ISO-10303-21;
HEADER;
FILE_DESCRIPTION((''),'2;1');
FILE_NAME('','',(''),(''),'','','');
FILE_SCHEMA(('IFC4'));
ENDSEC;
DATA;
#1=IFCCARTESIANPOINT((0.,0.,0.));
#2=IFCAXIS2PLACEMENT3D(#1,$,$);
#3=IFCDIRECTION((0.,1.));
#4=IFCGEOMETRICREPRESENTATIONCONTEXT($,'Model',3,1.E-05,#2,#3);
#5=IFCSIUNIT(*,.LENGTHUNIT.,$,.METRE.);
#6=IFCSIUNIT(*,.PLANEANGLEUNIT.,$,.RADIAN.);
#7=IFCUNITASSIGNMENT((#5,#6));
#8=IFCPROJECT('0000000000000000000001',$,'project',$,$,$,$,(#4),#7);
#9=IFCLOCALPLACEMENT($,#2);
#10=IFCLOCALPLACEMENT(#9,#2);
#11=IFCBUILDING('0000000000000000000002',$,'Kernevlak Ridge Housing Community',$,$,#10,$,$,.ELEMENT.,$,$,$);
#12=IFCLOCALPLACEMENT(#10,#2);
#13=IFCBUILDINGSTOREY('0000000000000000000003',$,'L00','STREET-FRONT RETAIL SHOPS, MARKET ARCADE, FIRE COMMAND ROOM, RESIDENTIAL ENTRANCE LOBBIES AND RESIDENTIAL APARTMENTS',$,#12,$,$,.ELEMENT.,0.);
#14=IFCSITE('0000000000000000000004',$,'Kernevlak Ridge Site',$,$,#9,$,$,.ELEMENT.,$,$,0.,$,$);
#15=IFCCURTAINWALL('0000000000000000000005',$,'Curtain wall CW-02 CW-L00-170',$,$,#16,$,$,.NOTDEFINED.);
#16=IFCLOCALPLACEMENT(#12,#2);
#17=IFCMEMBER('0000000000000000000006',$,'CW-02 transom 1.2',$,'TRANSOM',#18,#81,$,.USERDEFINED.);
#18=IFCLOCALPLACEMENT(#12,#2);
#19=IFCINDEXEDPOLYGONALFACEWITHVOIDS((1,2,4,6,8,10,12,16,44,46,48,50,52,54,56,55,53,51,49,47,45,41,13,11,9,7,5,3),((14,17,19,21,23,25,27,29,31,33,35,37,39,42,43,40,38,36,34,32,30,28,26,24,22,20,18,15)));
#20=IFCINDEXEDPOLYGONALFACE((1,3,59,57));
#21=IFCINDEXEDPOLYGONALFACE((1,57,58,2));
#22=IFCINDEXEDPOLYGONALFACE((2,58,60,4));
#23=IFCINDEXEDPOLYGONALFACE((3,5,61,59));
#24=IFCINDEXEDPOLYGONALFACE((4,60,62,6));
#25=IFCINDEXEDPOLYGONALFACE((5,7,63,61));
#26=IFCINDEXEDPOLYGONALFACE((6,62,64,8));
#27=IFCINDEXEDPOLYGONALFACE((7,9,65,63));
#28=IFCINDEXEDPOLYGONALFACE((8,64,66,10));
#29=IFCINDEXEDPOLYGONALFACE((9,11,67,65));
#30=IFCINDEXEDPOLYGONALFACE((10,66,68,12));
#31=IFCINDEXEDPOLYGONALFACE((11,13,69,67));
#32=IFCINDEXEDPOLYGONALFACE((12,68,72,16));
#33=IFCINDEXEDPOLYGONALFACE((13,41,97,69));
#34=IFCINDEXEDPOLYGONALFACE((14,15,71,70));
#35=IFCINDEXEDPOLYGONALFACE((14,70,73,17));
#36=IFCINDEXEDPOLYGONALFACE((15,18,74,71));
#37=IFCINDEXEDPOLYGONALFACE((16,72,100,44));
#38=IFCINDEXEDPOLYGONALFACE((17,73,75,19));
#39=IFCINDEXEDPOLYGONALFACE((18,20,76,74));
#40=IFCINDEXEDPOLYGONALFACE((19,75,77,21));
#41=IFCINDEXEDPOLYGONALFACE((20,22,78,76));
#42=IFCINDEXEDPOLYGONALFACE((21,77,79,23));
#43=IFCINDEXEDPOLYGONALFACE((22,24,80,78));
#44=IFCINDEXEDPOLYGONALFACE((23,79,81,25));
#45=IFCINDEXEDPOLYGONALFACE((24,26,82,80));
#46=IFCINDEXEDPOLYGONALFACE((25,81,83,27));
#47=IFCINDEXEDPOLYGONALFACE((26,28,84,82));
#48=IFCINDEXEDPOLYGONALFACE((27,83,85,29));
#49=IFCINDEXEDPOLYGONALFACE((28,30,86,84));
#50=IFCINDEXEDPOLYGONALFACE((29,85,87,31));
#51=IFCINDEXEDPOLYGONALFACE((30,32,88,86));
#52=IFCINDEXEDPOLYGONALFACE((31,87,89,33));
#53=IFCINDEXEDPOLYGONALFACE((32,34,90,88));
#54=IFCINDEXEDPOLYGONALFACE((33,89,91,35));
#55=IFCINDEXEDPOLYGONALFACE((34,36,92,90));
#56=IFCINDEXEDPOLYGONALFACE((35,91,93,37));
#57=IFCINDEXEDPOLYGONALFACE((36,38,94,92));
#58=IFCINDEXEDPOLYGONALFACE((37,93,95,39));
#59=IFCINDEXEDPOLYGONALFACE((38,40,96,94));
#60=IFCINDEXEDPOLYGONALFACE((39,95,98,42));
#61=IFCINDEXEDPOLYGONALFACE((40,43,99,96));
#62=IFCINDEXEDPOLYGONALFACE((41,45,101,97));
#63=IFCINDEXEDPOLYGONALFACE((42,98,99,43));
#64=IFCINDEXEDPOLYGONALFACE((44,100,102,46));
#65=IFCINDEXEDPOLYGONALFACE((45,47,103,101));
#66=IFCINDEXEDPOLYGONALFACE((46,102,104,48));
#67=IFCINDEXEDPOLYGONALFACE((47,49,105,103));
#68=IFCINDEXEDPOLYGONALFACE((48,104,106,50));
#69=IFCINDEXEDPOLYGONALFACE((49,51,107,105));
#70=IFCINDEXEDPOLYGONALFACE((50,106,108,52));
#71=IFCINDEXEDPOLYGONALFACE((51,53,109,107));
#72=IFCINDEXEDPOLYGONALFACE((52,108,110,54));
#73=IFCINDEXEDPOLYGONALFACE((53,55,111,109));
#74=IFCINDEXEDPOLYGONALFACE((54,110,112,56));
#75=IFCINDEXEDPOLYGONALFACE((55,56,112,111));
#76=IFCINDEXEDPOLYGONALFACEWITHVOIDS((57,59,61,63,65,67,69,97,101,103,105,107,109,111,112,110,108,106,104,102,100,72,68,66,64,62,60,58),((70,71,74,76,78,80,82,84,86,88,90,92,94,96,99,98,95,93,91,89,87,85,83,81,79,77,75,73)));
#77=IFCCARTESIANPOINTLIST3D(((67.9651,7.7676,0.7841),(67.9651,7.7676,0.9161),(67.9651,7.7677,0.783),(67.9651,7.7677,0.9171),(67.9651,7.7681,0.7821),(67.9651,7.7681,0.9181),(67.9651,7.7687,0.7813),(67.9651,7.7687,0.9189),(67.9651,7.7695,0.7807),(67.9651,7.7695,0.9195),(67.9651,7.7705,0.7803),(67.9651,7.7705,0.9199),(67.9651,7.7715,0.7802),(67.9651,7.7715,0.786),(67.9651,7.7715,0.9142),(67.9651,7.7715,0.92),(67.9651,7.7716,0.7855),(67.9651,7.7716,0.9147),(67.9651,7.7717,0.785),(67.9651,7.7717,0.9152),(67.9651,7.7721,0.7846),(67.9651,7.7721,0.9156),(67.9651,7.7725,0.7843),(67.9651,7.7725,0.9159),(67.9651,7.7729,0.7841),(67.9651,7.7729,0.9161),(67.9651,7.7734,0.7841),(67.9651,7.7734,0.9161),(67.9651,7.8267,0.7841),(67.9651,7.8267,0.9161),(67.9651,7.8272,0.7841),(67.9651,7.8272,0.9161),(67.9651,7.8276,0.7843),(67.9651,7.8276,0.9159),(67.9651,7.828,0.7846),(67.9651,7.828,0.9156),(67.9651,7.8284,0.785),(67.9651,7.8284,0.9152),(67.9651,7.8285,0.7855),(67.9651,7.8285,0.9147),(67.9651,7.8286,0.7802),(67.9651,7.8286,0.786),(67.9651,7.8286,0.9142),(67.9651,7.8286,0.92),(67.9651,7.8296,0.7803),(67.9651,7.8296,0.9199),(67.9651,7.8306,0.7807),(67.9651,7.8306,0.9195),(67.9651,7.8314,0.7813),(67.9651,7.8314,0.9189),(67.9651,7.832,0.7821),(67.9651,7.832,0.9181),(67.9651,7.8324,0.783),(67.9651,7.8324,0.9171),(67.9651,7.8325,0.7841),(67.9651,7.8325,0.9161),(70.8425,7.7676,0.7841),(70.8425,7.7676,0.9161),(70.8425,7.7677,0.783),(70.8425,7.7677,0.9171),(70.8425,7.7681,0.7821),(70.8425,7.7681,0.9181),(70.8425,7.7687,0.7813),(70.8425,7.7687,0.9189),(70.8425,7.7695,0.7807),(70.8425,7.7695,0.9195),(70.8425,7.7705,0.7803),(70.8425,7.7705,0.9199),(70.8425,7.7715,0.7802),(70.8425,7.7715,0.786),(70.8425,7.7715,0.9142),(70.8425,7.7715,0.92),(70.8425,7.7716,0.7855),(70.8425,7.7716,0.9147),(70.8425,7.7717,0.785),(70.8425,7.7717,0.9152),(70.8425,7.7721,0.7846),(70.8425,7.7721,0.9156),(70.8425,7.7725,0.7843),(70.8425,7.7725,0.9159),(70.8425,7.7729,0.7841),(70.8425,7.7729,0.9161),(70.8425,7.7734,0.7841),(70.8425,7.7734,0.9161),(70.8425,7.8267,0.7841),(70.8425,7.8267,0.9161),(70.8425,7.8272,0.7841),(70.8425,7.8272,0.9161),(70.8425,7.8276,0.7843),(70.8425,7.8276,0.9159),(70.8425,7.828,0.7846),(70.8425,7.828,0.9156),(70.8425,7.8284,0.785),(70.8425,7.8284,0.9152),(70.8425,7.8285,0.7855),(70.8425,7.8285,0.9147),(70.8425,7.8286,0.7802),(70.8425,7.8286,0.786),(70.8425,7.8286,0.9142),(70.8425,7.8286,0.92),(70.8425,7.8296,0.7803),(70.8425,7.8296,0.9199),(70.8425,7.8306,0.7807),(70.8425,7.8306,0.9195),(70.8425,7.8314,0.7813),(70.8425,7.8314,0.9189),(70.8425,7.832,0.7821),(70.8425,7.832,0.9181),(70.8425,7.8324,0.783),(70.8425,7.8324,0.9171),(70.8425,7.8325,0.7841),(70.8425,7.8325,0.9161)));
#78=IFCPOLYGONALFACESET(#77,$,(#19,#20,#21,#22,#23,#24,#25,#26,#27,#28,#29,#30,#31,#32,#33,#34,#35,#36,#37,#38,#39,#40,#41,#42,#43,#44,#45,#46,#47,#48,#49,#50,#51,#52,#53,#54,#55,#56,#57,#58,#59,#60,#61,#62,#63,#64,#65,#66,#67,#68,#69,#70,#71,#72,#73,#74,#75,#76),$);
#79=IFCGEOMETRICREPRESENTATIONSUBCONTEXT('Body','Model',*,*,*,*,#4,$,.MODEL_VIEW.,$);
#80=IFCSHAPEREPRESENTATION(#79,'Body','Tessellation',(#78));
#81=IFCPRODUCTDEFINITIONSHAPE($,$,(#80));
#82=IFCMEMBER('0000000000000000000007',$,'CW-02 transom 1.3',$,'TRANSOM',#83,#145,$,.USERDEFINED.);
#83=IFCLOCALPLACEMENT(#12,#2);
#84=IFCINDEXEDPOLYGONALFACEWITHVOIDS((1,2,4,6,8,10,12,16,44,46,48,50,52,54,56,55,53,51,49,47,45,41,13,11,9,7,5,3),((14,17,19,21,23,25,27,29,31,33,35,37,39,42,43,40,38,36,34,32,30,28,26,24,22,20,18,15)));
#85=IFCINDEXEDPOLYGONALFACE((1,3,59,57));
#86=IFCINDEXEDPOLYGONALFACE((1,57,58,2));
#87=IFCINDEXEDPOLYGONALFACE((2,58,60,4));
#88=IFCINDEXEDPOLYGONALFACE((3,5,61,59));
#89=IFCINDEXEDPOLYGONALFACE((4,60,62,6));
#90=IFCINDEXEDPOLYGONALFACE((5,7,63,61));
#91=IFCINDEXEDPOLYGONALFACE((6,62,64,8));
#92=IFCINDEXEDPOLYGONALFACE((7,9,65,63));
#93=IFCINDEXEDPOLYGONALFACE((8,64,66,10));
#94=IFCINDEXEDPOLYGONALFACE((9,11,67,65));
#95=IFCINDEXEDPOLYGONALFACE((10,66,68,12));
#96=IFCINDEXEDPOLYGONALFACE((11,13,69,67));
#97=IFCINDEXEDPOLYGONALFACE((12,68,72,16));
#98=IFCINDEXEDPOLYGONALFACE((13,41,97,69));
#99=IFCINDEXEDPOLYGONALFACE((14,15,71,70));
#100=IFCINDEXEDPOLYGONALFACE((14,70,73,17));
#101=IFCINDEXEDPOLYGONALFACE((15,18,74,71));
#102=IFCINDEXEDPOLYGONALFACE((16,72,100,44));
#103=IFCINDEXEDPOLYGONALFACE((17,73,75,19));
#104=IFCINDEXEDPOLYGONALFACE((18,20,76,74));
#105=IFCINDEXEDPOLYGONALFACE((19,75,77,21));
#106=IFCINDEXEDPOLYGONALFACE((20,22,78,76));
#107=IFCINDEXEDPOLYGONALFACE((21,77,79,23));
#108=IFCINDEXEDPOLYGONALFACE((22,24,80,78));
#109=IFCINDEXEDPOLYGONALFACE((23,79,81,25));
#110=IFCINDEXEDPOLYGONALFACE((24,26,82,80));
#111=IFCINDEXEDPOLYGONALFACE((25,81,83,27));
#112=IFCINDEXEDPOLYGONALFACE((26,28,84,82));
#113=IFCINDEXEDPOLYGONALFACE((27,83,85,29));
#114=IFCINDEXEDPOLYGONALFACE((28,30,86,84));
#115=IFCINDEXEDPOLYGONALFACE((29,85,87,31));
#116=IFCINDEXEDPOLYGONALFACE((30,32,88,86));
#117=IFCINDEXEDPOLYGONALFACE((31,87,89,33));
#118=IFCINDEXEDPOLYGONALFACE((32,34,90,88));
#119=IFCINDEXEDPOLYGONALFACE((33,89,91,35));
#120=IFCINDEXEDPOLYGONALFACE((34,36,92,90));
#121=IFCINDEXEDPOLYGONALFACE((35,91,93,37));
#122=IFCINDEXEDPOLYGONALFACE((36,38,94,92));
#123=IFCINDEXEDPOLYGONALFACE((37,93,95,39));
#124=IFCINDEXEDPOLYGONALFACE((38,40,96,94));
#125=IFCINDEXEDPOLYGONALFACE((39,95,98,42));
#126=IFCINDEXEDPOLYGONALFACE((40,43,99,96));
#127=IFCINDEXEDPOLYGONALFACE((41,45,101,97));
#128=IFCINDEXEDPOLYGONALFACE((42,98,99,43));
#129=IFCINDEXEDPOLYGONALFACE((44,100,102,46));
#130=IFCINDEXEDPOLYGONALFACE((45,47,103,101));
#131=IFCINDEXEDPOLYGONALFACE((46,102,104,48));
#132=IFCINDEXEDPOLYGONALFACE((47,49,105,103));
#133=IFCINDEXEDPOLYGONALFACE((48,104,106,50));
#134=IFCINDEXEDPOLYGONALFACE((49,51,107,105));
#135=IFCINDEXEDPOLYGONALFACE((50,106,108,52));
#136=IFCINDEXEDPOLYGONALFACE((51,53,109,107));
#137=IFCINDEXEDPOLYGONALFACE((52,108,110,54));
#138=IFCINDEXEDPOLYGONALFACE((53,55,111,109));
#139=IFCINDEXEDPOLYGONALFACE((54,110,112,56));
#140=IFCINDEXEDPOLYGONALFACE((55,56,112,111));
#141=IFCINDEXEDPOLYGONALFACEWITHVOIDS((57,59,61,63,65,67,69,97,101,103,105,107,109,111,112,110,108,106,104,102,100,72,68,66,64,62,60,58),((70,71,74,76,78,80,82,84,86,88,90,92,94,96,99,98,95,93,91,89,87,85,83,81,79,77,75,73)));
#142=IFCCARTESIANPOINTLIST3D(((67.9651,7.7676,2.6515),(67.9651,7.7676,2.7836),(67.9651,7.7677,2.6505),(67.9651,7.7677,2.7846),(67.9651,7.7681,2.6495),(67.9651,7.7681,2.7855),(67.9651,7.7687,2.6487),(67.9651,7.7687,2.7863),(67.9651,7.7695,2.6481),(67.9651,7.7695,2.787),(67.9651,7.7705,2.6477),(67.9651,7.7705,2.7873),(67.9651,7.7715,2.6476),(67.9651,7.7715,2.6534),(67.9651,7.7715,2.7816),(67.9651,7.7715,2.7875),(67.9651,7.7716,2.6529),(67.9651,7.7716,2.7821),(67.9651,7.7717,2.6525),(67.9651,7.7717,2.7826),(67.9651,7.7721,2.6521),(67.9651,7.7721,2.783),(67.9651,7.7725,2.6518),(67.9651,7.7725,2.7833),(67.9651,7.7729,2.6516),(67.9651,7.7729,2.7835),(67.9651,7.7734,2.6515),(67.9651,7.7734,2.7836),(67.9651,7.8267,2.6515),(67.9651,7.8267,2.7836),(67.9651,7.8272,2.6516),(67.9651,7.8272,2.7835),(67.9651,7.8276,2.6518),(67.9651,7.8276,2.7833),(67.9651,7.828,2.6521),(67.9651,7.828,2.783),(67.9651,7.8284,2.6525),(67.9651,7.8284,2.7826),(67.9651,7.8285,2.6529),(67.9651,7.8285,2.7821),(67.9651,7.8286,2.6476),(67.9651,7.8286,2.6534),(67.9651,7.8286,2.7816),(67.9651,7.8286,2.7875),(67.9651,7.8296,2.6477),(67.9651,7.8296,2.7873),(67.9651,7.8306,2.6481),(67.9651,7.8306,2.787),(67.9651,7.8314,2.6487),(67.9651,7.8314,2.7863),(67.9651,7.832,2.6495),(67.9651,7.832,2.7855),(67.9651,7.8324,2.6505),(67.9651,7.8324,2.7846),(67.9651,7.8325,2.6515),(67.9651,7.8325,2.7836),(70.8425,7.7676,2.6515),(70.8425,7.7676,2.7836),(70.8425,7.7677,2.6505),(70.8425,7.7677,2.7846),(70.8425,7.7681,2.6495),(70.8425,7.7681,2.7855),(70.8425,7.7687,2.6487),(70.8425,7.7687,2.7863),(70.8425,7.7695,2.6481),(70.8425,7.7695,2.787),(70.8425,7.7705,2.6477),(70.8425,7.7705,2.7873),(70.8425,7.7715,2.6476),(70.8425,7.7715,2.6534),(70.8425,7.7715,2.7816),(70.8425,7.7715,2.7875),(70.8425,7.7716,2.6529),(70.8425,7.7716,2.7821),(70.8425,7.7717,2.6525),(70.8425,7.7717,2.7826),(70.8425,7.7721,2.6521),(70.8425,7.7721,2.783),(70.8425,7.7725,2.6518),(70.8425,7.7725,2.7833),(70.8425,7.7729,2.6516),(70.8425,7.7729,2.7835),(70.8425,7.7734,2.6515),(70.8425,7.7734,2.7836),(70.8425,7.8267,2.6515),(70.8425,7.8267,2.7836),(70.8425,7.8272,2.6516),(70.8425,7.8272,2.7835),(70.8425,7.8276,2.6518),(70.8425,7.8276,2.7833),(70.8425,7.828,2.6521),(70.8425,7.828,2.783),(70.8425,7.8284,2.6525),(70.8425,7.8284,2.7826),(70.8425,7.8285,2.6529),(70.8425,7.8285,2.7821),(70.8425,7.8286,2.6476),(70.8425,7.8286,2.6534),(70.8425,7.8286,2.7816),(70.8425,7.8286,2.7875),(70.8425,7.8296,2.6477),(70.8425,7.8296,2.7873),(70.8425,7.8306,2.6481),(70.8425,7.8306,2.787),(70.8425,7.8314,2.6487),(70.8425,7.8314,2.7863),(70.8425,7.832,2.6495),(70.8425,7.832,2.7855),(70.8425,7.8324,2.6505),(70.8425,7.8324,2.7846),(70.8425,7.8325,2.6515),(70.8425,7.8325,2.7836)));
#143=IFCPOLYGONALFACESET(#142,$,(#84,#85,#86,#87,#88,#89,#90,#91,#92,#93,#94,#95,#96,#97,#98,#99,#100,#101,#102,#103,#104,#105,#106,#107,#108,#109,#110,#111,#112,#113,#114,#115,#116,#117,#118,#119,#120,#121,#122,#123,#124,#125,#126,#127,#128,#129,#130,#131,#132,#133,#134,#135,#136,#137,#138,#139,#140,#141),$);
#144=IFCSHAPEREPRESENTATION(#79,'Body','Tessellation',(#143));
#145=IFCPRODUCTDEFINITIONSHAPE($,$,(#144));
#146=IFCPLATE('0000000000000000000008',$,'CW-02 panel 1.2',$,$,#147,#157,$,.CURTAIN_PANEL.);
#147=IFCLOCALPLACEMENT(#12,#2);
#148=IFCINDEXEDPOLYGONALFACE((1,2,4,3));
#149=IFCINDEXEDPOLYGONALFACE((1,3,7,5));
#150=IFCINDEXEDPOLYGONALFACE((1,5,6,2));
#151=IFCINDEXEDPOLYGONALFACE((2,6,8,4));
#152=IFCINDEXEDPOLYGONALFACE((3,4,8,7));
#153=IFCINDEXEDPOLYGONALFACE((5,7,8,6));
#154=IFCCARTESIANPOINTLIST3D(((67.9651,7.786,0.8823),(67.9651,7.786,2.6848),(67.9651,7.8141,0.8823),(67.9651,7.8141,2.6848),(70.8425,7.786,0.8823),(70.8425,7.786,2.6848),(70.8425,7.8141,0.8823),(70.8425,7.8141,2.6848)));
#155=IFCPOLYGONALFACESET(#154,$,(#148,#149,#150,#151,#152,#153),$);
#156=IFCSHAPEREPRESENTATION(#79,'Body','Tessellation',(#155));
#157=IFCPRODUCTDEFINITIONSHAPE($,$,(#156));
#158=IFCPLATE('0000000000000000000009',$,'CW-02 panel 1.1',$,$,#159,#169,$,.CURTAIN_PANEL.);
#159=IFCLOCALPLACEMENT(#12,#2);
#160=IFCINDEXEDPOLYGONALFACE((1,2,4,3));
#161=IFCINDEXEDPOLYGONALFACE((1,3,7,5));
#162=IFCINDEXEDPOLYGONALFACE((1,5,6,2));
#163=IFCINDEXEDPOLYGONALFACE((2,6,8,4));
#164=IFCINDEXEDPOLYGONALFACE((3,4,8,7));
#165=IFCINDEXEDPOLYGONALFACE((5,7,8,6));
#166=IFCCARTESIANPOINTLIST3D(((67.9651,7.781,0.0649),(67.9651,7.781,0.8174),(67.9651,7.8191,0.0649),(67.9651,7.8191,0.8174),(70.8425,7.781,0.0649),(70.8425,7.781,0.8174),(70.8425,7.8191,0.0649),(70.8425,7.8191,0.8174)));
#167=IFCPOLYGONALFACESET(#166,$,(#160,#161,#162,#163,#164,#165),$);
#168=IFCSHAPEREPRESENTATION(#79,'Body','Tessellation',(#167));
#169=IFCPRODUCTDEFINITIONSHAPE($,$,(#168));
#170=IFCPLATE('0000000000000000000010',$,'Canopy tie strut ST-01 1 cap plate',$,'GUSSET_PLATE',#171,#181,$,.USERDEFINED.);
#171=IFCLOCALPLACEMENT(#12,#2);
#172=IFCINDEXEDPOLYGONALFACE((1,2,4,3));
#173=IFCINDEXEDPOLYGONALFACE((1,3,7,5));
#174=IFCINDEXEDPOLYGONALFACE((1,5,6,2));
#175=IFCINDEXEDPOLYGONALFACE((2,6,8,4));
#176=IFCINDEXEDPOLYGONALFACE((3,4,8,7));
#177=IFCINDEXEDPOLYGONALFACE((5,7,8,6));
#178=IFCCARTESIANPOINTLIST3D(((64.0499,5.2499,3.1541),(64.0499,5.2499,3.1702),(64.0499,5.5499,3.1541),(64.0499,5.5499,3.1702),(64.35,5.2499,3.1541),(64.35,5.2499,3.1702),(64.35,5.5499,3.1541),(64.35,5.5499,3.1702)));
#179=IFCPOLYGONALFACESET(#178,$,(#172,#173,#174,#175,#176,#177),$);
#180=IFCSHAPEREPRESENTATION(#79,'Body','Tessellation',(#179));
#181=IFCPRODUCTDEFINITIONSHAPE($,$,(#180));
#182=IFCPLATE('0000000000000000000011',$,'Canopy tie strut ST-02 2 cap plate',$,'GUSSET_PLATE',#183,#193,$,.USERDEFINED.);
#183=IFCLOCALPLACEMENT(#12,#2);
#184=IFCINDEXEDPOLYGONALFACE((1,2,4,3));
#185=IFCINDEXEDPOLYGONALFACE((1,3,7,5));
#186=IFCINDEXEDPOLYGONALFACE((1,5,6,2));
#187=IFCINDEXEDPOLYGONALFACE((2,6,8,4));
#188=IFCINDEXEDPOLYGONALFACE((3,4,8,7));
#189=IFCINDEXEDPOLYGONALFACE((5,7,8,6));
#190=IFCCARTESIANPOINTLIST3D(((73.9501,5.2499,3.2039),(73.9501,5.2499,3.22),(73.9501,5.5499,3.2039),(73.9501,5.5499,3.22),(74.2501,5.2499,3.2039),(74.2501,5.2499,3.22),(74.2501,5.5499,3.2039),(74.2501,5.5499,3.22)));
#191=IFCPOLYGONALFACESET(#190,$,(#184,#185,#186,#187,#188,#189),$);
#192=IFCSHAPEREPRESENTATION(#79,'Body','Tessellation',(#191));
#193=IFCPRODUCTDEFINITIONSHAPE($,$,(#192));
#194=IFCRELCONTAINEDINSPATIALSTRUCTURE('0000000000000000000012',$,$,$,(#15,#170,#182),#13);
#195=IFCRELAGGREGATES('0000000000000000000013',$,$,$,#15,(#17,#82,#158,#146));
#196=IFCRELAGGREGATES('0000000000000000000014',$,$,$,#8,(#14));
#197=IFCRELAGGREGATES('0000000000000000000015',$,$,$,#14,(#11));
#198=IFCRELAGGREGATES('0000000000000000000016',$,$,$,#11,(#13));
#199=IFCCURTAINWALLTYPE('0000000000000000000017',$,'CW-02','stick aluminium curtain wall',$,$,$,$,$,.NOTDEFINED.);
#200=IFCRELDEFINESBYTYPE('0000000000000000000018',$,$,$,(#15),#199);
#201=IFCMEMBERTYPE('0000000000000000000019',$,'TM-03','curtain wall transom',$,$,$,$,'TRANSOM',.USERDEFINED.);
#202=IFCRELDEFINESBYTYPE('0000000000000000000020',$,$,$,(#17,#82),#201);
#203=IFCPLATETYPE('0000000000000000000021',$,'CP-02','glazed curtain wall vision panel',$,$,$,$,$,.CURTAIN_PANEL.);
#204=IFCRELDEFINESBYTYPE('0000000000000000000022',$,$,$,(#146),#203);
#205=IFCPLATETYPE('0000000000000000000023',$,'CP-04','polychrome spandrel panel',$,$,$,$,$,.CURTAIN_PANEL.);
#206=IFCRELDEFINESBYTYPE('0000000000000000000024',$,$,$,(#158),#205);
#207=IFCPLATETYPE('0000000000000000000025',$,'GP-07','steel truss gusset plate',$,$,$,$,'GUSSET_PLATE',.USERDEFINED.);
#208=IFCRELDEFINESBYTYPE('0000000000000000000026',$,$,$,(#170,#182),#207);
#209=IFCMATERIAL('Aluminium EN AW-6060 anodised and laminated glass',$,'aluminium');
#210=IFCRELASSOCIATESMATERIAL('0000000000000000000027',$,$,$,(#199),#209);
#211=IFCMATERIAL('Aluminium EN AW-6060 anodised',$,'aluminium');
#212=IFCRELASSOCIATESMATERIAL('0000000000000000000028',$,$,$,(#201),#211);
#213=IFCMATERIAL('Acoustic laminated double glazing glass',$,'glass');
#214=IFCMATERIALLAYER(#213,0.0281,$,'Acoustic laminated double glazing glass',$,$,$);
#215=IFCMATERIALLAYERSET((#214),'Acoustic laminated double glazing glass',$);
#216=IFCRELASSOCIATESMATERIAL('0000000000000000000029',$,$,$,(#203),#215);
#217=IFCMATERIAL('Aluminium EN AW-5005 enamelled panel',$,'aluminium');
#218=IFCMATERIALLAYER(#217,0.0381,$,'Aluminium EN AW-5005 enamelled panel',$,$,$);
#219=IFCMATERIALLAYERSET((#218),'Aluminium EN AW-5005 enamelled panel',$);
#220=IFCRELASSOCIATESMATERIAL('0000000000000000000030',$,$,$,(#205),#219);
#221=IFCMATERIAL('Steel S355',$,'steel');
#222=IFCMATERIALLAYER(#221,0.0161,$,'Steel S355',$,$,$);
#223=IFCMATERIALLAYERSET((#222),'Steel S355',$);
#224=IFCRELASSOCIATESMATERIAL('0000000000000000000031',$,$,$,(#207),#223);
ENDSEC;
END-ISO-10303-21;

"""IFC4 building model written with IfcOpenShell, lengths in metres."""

from ifc_helpers import new_model, si_unit, direction, frame, origin, origin_2d, place, context, subcontext, project, spatial, rectangle, hollow_rectangle, extrude, material, layer, layer_set, material_profile, profile_set, type_object, element, aggregate, save


model = new_model("IFC4")

# Units and contexts
model_context = context("Model", 3, precision=1e-05, world=origin(), true_north=direction((0.0, 1.0)))
body_context = subcontext(model_context, "Body", "Model", "MODEL_VIEW")
ifc_project = project(units=[si_unit("LENGTHUNIT", "METRE"), si_unit("PLANEANGLEUNIT", "RADIAN")], contexts=[model_context])

# Site, building, storey
site_placement = place(None, origin())
site = spatial("IfcSite", under=ifc_project, at=site_placement, Name="Kernevlak Ridge Site", CompositionType="ELEMENT", RefElevation=0.0)
building_placement = place(site_placement, origin())
building = spatial("IfcBuilding", under=site, at=building_placement, Name="Kernevlak Ridge Housing Community", CompositionType="ELEMENT")
storey_placement = place(building_placement, origin())
storey = spatial("IfcBuildingStorey", under=building, at=storey_placement, Name="L00", Description="STREET-FRONT RETAIL SHOPS, MARKET ARCADE, FIRE COMMAND ROOM, RESIDENTIAL ENTRANCE LOBBIES AND RESIDENTIAL APARTMENTS", CompositionType="ELEMENT", Elevation=0.0)

# Shared definitions
ifc_material_1 = material(Name="Steel S355", Category="steel")

# Curtain wall
ifc_material_2 = material(Name="Aluminium EN AW-6060 anodised and laminated glass", Category="aluminium")
curtain_wall_type = type_object("IfcCurtainWallType", Name="CW-02", Description="stick aluminium curtain wall", PredefinedType="NOTDEFINED", material=ifc_material_2)
curtain_wall_placement = place(storey_placement, origin())
curtain_wall = element("IfcCurtainWall", 1, at=curtain_wall_placement, inside=storey, type_object=curtain_wall_type, Name="Curtain wall CW-02 CW-L00-170", PredefinedType="NOTDEFINED")
ifc_material_3 = material(Name="Aluminium EN AW-6060 anodised", Category="aluminium")

# Members
ifc_material_profile_1 = material_profile(ifc_material_3, hollow_rectangle(XDim=0.0649, YDim=0.1399, WallThickness=0.0039, InnerFilletRadius=0.002, OuterFilletRadius=0.0039, at=origin_2d()), Name="ALU 65x140x4")
ifc_profile_set_1 = profile_set([ifc_material_profile_1], Name="Aluminium EN AW-6060 anodised")
member_type_1 = type_object("IfcMemberType", Name="TM-03", Description="curtain wall transom", ElementType="TRANSOM", PredefinedType="USERDEFINED", material=ifc_profile_set_1)
member_1_placement = place(storey_placement, frame((67.9651, 7.8, 0.8501), z_axis=(1.0, 0.0, 0.0), x_axis=(0.0, 1.0, 0.0)))
member_1 = element("IfcMember", 2, at=member_1_placement, type_object=member_type_1, Name="CW-02 transom 1.2", ObjectType="TRANSOM", PredefinedType="USERDEFINED", context=body_context, shape_type="SweptSolid", body=[
    extrude(hollow_rectangle(XDim=0.0649, YDim=0.1399, WallThickness=0.0039, InnerFilletRadius=0.002, OuterFilletRadius=0.0039, at=origin_2d()), origin(), (0.0, 0.0, 1.0), 2.8774),
])
member_2_placement = place(storey_placement, frame((67.9651, 7.8, 2.7175), z_axis=(1.0, 0.0, 0.0), x_axis=(0.0, 1.0, 0.0)))
member_2 = element("IfcMember", 3, at=member_2_placement, type_object=member_type_1, Name="CW-02 transom 1.3", ObjectType="TRANSOM", PredefinedType="USERDEFINED", context=body_context, shape_type="SweptSolid", body=[
    extrude(hollow_rectangle(XDim=0.0649, YDim=0.1399, WallThickness=0.0039, InnerFilletRadius=0.002, OuterFilletRadius=0.0039, at=origin_2d()), origin(), (0.0, 0.0, 1.0), 2.8774),
])

# Plates
ifc_material_4 = material(Name="Acoustic laminated double glazing glass", Category="glass")
ifc_layer_1 = layer(ifc_material_4, 0.0281, Name="Acoustic laminated double glazing glass")
ifc_layer_set_1 = layer_set([ifc_layer_1], Name="Acoustic laminated double glazing glass")
plate_type_1 = type_object("IfcPlateType", Name="CP-02", Description="glazed curtain wall vision panel", PredefinedType="CURTAIN_PANEL", material=ifc_layer_set_1)
plate_1_placement = place(storey_placement, frame((69.4038, 7.8, 0.8823), z_axis=(0.0, 0.0, 1.0), x_axis=(1.0, 0.0, 0.0)))
plate_1 = element("IfcPlate", 4, at=plate_1_placement, type_object=plate_type_1, Name="CW-02 panel 1.2", PredefinedType="CURTAIN_PANEL", context=body_context, shape_type="SweptSolid", body=[
    extrude(rectangle(XDim=2.8774, YDim=0.0281, at=origin_2d()), origin(), (0.0, 0.0, 1.0), 1.8025),
])
ifc_material_5 = material(Name="Aluminium EN AW-5005 enamelled panel", Category="aluminium")
ifc_layer_2 = layer(ifc_material_5, 0.0381, Name="Aluminium EN AW-5005 enamelled panel")
ifc_layer_set_2 = layer_set([ifc_layer_2], Name="Aluminium EN AW-5005 enamelled panel")
plate_type_2 = type_object("IfcPlateType", Name="CP-04", Description="polychrome spandrel panel", PredefinedType="CURTAIN_PANEL", material=ifc_layer_set_2)
plate_2_placement = place(storey_placement, frame((69.4038, 7.8, 0.0649), z_axis=(0.0, 0.0, 1.0), x_axis=(1.0, 0.0, 0.0)))
plate_2 = element("IfcPlate", 5, at=plate_2_placement, type_object=plate_type_2, Name="CW-02 panel 1.1", PredefinedType="CURTAIN_PANEL", context=body_context, shape_type="SweptSolid", body=[
    extrude(rectangle(XDim=2.8774, YDim=0.0381, at=origin_2d()), origin(), (0.0, 0.0, 1.0), 0.7524),
])
aggregate(curtain_wall, [member_1, member_2, plate_2, plate_1])

# Plates
ifc_layer_3 = layer(ifc_material_1, 0.0161, Name="Steel S355")
ifc_layer_set_3 = layer_set([ifc_layer_3], Name="Steel S355")
plate_type_3 = type_object("IfcPlateType", Name="GP-07", Description="steel truss gusset plate", ElementType="GUSSET_PLATE", PredefinedType="USERDEFINED", material=ifc_layer_set_3)
for number, where, z_axis, x_axis, name in (
    (6, (64.2, 5.3999, 3.1541), (0.0, 0.0, 1.0), (1.0, 0.0, 0.0), "Canopy tie strut ST-01 1 cap plate"),
    (7, (74.1001, 5.3999, 3.2039), (0.0, 0.0, 1.0), (1.0, 0.0, 0.0), "Canopy tie strut ST-02 2 cap plate"),
):
    element("IfcPlate", number, at=place(storey_placement, frame(where, z_axis=z_axis, x_axis=x_axis)), inside=storey, type_object=plate_type_3, Name=name, ObjectType="GUSSET_PLATE", PredefinedType="USERDEFINED", context=body_context, shape_type="SweptSolid", body=[
        extrude(rectangle(XDim=0.3, YDim=0.3, at=origin_2d()), origin(), (0.0, 0.0, 1.0), 0.0161),
    ])

save(model, "model.ifc")
